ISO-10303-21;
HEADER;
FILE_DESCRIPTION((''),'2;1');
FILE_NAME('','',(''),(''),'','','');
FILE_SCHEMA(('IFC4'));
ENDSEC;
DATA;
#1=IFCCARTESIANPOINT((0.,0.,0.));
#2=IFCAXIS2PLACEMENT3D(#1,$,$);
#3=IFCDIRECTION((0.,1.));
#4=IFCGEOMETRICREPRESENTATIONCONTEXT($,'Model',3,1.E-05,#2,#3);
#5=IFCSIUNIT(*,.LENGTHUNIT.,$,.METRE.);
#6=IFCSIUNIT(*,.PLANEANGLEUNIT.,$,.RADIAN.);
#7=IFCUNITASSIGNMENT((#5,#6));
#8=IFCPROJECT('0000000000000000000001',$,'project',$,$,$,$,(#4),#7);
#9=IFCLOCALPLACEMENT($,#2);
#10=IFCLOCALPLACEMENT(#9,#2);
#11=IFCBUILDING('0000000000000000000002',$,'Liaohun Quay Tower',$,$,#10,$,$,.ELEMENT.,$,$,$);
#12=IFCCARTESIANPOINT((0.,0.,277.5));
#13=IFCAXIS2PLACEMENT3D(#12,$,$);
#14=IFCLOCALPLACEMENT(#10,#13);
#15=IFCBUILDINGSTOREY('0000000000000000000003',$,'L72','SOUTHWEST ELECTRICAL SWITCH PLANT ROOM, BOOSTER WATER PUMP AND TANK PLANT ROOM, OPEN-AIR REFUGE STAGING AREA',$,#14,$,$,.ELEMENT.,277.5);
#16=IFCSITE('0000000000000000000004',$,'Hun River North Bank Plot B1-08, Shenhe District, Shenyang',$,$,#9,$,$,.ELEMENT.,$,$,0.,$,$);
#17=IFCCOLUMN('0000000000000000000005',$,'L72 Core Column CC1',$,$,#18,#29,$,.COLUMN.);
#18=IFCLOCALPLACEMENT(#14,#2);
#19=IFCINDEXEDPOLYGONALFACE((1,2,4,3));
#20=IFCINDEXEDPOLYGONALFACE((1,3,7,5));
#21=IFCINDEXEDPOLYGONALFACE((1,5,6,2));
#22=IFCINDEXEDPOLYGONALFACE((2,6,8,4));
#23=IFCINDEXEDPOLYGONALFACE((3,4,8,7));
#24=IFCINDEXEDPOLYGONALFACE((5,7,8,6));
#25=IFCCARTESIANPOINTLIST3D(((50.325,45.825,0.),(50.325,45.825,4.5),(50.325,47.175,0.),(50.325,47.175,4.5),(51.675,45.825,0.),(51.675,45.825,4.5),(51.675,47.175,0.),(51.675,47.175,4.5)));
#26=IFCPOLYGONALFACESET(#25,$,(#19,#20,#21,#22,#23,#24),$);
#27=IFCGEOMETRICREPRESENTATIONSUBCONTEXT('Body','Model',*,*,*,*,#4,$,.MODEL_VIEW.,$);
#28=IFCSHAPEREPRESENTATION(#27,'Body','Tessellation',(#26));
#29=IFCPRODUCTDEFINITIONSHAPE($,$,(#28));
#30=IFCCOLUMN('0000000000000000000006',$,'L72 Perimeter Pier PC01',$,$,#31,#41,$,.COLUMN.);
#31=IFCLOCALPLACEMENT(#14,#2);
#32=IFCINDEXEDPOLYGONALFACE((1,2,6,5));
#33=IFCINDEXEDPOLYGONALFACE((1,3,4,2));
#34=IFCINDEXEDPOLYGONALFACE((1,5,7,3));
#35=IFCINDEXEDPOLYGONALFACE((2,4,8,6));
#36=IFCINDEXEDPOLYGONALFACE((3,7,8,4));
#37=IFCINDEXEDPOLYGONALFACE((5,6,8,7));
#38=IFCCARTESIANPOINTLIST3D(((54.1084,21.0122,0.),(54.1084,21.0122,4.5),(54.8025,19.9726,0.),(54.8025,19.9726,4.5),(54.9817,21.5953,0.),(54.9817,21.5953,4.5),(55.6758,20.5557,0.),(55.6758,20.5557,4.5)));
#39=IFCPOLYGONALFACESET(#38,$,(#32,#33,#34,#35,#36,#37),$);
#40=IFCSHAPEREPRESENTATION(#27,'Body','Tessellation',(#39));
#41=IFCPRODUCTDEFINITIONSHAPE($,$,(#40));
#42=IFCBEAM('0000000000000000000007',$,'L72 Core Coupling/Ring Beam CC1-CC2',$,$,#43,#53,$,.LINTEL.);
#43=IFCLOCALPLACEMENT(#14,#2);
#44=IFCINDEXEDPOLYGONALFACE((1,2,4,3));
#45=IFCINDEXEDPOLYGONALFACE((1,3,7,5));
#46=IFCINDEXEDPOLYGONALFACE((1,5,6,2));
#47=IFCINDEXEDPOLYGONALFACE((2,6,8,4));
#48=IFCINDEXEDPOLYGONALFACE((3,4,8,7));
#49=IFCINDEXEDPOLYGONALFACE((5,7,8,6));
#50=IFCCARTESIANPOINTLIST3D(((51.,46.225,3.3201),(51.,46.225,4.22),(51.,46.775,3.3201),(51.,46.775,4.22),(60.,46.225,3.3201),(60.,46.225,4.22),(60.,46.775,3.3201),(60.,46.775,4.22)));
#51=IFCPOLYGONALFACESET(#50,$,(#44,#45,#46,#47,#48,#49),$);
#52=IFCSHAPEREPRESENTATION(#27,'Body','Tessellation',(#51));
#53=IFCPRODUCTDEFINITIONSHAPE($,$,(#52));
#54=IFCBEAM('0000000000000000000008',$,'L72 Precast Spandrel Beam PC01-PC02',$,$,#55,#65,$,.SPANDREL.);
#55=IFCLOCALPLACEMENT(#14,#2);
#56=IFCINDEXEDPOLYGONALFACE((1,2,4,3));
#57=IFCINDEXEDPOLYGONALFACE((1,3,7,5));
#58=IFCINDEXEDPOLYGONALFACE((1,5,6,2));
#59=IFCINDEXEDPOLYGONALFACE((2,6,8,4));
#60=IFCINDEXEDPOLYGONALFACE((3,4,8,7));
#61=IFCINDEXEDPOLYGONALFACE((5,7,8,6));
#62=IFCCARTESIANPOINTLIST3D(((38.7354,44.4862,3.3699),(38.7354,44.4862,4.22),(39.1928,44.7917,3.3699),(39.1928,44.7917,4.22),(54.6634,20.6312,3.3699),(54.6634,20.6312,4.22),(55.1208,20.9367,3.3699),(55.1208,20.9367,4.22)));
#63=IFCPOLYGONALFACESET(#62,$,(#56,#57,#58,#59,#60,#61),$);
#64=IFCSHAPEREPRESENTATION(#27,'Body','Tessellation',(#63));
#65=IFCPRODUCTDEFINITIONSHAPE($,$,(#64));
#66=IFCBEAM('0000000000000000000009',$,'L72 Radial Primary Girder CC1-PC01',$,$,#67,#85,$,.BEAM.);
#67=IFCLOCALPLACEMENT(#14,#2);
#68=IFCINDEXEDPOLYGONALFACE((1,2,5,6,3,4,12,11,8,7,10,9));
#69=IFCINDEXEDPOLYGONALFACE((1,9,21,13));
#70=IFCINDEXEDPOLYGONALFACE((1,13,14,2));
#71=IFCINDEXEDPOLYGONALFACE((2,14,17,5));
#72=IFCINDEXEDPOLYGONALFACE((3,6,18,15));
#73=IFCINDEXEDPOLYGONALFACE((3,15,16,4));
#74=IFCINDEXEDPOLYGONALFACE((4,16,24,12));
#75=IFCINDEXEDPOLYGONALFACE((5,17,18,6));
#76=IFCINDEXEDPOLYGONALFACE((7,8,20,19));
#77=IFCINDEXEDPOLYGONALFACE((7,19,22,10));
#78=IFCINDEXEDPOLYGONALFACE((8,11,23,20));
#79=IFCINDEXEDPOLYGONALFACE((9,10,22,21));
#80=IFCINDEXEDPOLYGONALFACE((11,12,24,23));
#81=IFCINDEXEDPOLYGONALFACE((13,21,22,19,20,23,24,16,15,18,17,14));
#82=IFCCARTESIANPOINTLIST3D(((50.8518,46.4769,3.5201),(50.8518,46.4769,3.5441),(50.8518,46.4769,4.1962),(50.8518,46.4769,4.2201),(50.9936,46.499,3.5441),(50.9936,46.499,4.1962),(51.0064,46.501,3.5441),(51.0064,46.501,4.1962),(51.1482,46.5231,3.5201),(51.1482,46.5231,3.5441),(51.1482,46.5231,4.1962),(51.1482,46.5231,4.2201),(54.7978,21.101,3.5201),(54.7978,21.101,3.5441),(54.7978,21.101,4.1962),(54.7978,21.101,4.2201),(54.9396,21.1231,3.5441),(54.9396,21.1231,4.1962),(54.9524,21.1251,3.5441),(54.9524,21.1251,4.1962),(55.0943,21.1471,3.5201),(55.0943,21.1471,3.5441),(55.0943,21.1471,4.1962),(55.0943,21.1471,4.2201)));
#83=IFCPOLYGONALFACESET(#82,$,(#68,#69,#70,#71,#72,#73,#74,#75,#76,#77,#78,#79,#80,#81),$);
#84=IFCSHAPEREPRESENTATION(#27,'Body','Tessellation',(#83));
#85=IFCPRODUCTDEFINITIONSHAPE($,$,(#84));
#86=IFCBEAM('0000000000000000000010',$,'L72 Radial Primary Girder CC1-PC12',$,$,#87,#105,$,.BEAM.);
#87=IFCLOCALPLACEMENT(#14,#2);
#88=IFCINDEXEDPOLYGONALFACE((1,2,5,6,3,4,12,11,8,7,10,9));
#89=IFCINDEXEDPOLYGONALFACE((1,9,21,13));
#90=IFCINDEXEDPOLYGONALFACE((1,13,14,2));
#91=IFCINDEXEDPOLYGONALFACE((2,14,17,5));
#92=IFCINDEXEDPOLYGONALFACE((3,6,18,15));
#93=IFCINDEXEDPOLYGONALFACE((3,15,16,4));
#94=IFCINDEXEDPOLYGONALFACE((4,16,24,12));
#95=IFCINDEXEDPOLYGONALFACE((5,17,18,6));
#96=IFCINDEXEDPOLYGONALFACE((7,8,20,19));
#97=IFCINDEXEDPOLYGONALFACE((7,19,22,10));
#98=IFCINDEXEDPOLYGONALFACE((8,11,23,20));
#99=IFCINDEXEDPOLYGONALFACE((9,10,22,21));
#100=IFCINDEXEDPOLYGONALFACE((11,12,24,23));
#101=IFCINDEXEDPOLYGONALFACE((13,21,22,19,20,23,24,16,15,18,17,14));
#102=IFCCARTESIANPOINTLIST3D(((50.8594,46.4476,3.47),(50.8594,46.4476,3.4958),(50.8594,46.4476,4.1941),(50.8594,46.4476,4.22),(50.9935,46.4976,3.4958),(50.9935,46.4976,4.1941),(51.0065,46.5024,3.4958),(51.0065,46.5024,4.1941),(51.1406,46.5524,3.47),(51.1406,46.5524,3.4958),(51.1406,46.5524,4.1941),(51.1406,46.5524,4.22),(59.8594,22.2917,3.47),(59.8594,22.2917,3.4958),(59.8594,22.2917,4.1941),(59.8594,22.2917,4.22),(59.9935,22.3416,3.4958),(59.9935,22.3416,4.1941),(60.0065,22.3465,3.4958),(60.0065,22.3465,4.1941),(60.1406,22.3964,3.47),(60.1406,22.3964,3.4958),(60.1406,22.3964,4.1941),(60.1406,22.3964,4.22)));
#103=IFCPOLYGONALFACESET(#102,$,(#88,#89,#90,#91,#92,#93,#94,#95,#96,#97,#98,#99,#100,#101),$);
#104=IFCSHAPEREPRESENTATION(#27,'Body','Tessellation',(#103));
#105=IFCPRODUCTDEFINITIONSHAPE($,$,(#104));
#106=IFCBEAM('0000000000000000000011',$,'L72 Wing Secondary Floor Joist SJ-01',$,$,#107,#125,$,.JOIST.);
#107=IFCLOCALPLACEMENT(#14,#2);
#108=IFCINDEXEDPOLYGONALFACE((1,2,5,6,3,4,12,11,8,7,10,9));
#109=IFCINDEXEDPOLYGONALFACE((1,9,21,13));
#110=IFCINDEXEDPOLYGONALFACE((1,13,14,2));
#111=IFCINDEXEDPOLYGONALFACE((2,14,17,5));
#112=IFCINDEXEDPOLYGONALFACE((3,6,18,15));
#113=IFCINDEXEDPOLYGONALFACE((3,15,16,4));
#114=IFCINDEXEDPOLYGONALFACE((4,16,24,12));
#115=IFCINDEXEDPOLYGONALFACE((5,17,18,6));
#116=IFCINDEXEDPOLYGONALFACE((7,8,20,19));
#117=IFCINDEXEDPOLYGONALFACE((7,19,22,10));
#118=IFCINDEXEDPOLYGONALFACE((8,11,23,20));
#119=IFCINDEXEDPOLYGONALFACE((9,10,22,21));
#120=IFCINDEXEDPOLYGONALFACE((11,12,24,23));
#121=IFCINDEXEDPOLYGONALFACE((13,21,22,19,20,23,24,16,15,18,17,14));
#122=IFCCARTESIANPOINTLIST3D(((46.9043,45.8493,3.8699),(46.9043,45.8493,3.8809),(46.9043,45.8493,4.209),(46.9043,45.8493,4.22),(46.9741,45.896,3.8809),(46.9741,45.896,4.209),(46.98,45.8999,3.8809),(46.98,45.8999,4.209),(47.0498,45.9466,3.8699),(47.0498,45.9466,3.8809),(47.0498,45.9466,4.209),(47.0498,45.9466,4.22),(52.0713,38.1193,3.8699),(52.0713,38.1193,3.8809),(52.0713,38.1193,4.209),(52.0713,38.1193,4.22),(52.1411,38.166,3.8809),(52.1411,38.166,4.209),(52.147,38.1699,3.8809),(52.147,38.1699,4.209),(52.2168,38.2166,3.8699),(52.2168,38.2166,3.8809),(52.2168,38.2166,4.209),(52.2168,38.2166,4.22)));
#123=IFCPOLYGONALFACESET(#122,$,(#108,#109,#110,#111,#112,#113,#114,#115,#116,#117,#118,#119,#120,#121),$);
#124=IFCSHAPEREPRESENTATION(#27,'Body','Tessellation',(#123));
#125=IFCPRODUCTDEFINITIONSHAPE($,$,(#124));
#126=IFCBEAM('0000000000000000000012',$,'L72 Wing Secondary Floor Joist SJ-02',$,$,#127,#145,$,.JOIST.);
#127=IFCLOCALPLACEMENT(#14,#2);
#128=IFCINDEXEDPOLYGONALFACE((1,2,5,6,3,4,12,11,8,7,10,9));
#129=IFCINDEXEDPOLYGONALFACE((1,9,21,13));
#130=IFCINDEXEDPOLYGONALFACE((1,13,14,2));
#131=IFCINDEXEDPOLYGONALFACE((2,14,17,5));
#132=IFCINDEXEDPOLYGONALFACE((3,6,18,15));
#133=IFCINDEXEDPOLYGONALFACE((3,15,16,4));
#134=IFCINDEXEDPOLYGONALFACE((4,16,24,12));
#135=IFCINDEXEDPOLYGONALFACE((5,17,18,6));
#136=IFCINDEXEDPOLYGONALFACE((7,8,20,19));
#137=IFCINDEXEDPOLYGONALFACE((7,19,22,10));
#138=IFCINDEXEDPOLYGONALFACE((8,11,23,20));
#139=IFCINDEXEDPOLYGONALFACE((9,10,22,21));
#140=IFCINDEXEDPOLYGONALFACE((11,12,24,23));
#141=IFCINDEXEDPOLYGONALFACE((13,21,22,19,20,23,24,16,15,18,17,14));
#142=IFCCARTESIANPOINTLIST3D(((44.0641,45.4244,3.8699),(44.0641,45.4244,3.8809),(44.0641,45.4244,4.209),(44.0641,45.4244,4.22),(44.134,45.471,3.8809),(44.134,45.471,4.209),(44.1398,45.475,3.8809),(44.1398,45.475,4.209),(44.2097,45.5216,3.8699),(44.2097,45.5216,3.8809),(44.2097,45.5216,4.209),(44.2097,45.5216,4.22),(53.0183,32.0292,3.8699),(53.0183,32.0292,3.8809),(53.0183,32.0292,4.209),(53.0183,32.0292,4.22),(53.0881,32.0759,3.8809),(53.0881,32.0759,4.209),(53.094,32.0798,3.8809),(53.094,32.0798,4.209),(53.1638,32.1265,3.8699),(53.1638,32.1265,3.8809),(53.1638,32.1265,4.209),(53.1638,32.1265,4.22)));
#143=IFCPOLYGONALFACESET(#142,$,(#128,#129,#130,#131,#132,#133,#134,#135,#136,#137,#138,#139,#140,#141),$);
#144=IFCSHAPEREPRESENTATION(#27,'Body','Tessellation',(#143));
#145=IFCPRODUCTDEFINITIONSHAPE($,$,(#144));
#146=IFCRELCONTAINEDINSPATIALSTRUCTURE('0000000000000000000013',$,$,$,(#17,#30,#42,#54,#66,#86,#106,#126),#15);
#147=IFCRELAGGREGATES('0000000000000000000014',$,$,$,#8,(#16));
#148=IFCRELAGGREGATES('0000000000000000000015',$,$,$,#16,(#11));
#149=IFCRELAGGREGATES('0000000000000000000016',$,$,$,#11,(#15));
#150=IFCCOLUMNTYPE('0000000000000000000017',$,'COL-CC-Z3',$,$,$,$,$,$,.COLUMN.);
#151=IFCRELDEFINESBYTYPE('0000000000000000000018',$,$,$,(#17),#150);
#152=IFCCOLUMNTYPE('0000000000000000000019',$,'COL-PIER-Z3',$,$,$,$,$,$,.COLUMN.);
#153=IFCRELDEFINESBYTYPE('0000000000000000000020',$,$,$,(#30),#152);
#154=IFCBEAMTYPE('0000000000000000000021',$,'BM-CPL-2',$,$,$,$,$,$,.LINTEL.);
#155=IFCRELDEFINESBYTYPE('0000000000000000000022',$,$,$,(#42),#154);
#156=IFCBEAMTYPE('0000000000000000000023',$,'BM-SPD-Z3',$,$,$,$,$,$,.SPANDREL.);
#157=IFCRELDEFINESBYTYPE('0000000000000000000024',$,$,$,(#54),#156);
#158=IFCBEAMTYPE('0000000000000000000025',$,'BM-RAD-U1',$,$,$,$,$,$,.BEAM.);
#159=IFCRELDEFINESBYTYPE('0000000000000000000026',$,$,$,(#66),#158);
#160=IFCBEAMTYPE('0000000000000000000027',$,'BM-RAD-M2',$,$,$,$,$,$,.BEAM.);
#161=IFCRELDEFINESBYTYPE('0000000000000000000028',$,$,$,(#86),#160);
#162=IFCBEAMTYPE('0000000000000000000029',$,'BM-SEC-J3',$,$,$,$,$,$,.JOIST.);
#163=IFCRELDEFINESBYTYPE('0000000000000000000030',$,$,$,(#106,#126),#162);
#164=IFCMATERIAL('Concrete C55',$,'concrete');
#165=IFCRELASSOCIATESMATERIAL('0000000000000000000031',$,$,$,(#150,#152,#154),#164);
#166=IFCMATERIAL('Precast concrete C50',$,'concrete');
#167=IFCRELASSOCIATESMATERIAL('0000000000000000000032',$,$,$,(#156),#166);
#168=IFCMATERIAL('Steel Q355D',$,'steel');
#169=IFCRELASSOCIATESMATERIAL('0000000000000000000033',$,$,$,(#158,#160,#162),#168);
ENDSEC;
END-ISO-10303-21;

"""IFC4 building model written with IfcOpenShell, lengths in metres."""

from ifc_helpers import new_model, si_unit, direction, frame, origin, origin_2d, place, context, subcontext, project, spatial, rectangle, i_section, extrude, source, transform, mapped, material, material_profile, profile_set, type_object, element, save


model = new_model("IFC4")

# Units and contexts
model_context = context("Model", 3, precision=1e-05, world=origin(), true_north=direction((0.0, 1.0)))
body_context = subcontext(model_context, "Body", "Model", "MODEL_VIEW")
ifc_project = project(units=[si_unit("LENGTHUNIT", "METRE"), si_unit("PLANEANGLEUNIT", "RADIAN")], contexts=[model_context])

# Site, building, storey
site_placement = place(None, origin())
site = spatial("IfcSite", under=ifc_project, at=site_placement, Name="Hun River North Bank Plot B1-08, Shenhe District, Shenyang", CompositionType="ELEMENT", RefElevation=0.0)
building_placement = place(site_placement, origin())
building = spatial("IfcBuilding", under=site, at=building_placement, Name="Liaohun Quay Tower", CompositionType="ELEMENT")
storey_placement = place(building_placement, frame((0.0, 0.0, 277.5)))
storey = spatial("IfcBuildingStorey", under=building, at=storey_placement, Name="L72", Description="SOUTHWEST ELECTRICAL SWITCH PLANT ROOM, BOOSTER WATER PUMP AND TANK PLANT ROOM, OPEN-AIR REFUGE STAGING AREA", CompositionType="ELEMENT", Elevation=277.5)

# Columns
ifc_material_1 = material(Name="Concrete C55", Category="concrete")
ifc_material_profile_1 = material_profile(ifc_material_1, rectangle(XDim=1.3501, YDim=1.3501, at=origin_2d()), Name="RC1350x1350")
ifc_profile_set_1 = profile_set([ifc_material_profile_1], Name="Concrete C55")
column_type_1 = type_object("IfcColumnType", Name="COL-CC-Z3", PredefinedType="COLUMN", material=ifc_profile_set_1)
shared_shape_1 = source(origin(), body_context, "Body", "SweptSolid", [
    extrude(rectangle(XDim=1.3501, YDim=1.3501, at=origin_2d()), origin(), (0.0, 0.0, 1.0), 4.5),
])
column_1_placement = place(storey_placement, frame((51.0, 46.5, 0.0), z_axis=(0.0, 0.0, 1.0), x_axis=(1.0, 0.0, 0.0)))
element("IfcColumn", 1, at=column_1_placement, inside=storey, type_object=column_type_1, Name="L72 Core Column CC1", PredefinedType="COLUMN", context=body_context, shape_type="MappedRepresentation", body=[
    mapped(shared_shape_1, transform((0.0, 0.0, 0.0), x_axis=(1.0, 0.0, 0.0), y_axis=(0.0, 1.0, 0.0), z_axis=(0.0, 0.0, 1.0), scale=1.0)),
])
ifc_material_profile_2 = material_profile(ifc_material_1, rectangle(XDim=1.25, YDim=1.05, at=origin_2d()), Name="RC1250x1050")
ifc_profile_set_2 = profile_set([ifc_material_profile_2], Name="Concrete C55")
column_type_2 = type_object("IfcColumnType", Name="COL-PIER-Z3", PredefinedType="COLUMN", material=ifc_profile_set_2)
shared_shape_2 = source(origin(), body_context, "Body", "SweptSolid", [
    extrude(rectangle(XDim=1.25, YDim=1.05, at=origin_2d()), origin(), (0.0, 0.0, 1.0), 4.5),
])
column_2_placement = place(storey_placement, frame((54.8921, 20.7839, 0.0), z_axis=(0.0, 0.0, 1.0), x_axis=(-0.55528, 0.831663, 0.0)))
element("IfcColumn", 2, at=column_2_placement, inside=storey, type_object=column_type_2, Name="L72 Perimeter Pier PC01", PredefinedType="COLUMN", context=body_context, shape_type="MappedRepresentation", body=[
    mapped(shared_shape_2, transform((0.0, 0.0, 0.0), x_axis=(1.0, 0.0, 0.0), y_axis=(0.0, 1.0, 0.0), z_axis=(0.0, 0.0, 1.0), scale=1.0)),
])

# Beams
ifc_material_profile_3 = material_profile(ifc_material_1, rectangle(XDim=0.55, YDim=0.8999, at=origin_2d()), Name="RC550x900")
ifc_profile_set_3 = profile_set([ifc_material_profile_3], Name="Concrete C55")
beam_type_1 = type_object("IfcBeamType", Name="BM-CPL-2", PredefinedType="LINTEL", material=ifc_profile_set_3)
shared_shape_3 = source(origin(), body_context, "Body", "SweptSolid", [
    extrude(rectangle(XDim=0.55, YDim=0.8999, at=origin_2d()), origin(), (0.0, 0.0, 1.0), 9.0),
])
beam_1_placement = place(storey_placement, frame((51.0, 46.5, 3.77), z_axis=(1.0, 0.0, 0.0), x_axis=(0.0, 1.0, 0.0)))
element("IfcBeam", 3, at=beam_1_placement, inside=storey, type_object=beam_type_1, Name="L72 Core Coupling/Ring Beam CC1-CC2", PredefinedType="LINTEL", context=body_context, shape_type="MappedRepresentation", body=[
    mapped(shared_shape_3, transform((0.0, 0.0, 0.0), x_axis=(1.0, 0.0, 0.0), y_axis=(0.0, 1.0, 0.0), z_axis=(0.0, 0.0, 1.0), scale=1.0)),
])
ifc_material_2 = material(Name="Precast concrete C50", Category="concrete")
ifc_material_profile_4 = material_profile(ifc_material_2, rectangle(XDim=0.55, YDim=0.8501, at=origin_2d()), Name="RC550x850")
ifc_profile_set_4 = profile_set([ifc_material_profile_4], Name="Precast concrete C50")
beam_type_2 = type_object("IfcBeamType", Name="BM-SPD-Z3", PredefinedType="SPANDREL", material=ifc_profile_set_4)
shared_shape_4 = source(origin(), body_context, "Body", "SweptSolid", [
    extrude(rectangle(XDim=0.55, YDim=0.8501, at=origin_2d()), origin(), (0.0, 0.0, 1.0), 28.6838),
])
beam_2_placement = place(storey_placement, frame((54.8921, 20.7839, 3.7949), z_axis=(-0.555295, 0.831653, 0.0), x_axis=(-0.831653, -0.555295, 0.0)))
element("IfcBeam", 4, at=beam_2_placement, inside=storey, type_object=beam_type_2, Name="L72 Precast Spandrel Beam PC01-PC02", PredefinedType="SPANDREL", context=body_context, shape_type="MappedRepresentation", body=[
    mapped(shared_shape_4, transform((0.0, 0.0, 0.0), x_axis=(1.0, 0.0, 0.0), y_axis=(0.0, 1.0, 0.0), z_axis=(0.0, 0.0, 1.0), scale=1.0)),
])
ifc_material_3 = material(Name="Steel Q355D", Category="steel")
ifc_material_profile_5 = material_profile(ifc_material_3, i_section(OverallWidth=0.3, OverallDepth=0.7, WebThickness=0.0129, FlangeThickness=0.0239, at=origin_2d()), Name="HN700x300x13x24")
ifc_profile_set_5 = profile_set([ifc_material_profile_5], Name="Steel Q355D")
beam_type_3 = type_object("IfcBeamType", Name="BM-RAD-U1", PredefinedType="BEAM", material=ifc_profile_set_5)
shared_shape_5 = source(origin(), body_context, "Body", "SweptSolid", [
    extrude(i_section(OverallWidth=0.3, OverallDepth=0.7, WebThickness=0.0129, FlangeThickness=0.0239, at=origin_2d()), origin(), (0.0, 0.0, 1.0), 25.6809),
])
beam_3_placement = place(storey_placement, frame((51.0, 46.5, 3.8701), z_axis=(0.153656, -0.988124, 0.0), x_axis=(0.988124, 0.153656, 0.0)))
element("IfcBeam", 5, at=beam_3_placement, inside=storey, type_object=beam_type_3, Name="L72 Radial Primary Girder CC1-PC01", PredefinedType="BEAM", context=body_context, shape_type="MappedRepresentation", body=[
    mapped(shared_shape_5, transform((0.0, 0.0, 0.0), x_axis=(1.0, 0.0, 0.0), y_axis=(0.0, 1.0, 0.0), z_axis=(0.0, 0.0, 1.0), scale=1.0)),
])
ifc_material_profile_6 = material_profile(ifc_material_3, i_section(OverallWidth=0.3, OverallDepth=0.75, WebThickness=0.0139, FlangeThickness=0.0259, at=origin_2d()), Name="HN750x300x14x26")
ifc_profile_set_6 = profile_set([ifc_material_profile_6], Name="Steel Q355D")
beam_type_4 = type_object("IfcBeamType", Name="BM-RAD-M2", PredefinedType="BEAM", material=ifc_profile_set_6)
shared_shape_6 = source(origin(), body_context, "Body", "SweptSolid", [
    extrude(i_section(OverallWidth=0.3, OverallDepth=0.75, WebThickness=0.0139, FlangeThickness=0.0259, at=origin_2d()), origin(), (0.0, 0.0, 1.0), 25.7781),
])
beam_4_placement = place(storey_placement, frame((51.0, 46.5, 3.845), z_axis=(0.349133, -0.937073, 0.0), x_axis=(0.937073, 0.349133, 0.0)))
element("IfcBeam", 6, at=beam_4_placement, inside=storey, type_object=beam_type_4, Name="L72 Radial Primary Girder CC1-PC12", PredefinedType="BEAM", context=body_context, shape_type="MappedRepresentation", body=[
    mapped(shared_shape_6, transform((0.0, 0.0, 0.0), x_axis=(1.0, 0.0, 0.0), y_axis=(0.0, 1.0, 0.0), z_axis=(0.0, 0.0, 1.0), scale=1.0)),
])
ifc_material_profile_7 = material_profile(ifc_material_3, i_section(OverallWidth=0.175, OverallDepth=0.3501, WebThickness=0.0071, FlangeThickness=0.011, at=origin_2d()), Name="HN350x175x7x11")
ifc_profile_set_7 = profile_set([ifc_material_profile_7], Name="Steel Q355D")
beam_type_5 = type_object("IfcBeamType", Name="BM-SEC-J3", PredefinedType="JOIST", material=ifc_profile_set_7)
shared_shape_7 = source(origin(), body_context, "Body", "SweptSolid", [
    extrude(i_section(OverallWidth=0.175, OverallDepth=0.3501, WebThickness=0.0071, FlangeThickness=0.011, at=origin_2d()), origin(), (0.0, 0.0, 1.0), 9.2979),
])
beam_5_placement = place(storey_placement, frame((52.144, 38.168, 4.0449), z_axis=(-0.555718, 0.831371, 0.0), x_axis=(-0.831371, -0.555718, 0.0)))
element("IfcBeam", 7, at=beam_5_placement, inside=storey, type_object=beam_type_5, Name="L72 Wing Secondary Floor Joist SJ-01", PredefinedType="JOIST", context=body_context, shape_type="MappedRepresentation", body=[
    mapped(shared_shape_7, transform((0.0, 0.0, 0.0), x_axis=(1.0, 0.0, 0.0), y_axis=(0.0, 1.0, 0.0), z_axis=(0.0, 0.0, 1.0), scale=1.0)),
])
shared_shape_8 = source(origin(), body_context, "Body", "SweptSolid", [
    extrude(i_section(OverallWidth=0.175, OverallDepth=0.3501, WebThickness=0.0071, FlangeThickness=0.011, at=origin_2d()), origin(), (0.0, 0.0, 1.0), 16.1123),
])
beam_6_placement = place(storey_placement, frame((53.0911, 32.0779, 4.0449), z_axis=(-0.555735, 0.83136, 0.0), x_axis=(-0.83136, -0.555735, 0.0)))
element("IfcBeam", 8, at=beam_6_placement, inside=storey, type_object=beam_type_5, Name="L72 Wing Secondary Floor Joist SJ-02", PredefinedType="JOIST", context=body_context, shape_type="MappedRepresentation", body=[
    mapped(shared_shape_8, transform((0.0, 0.0, 0.0), x_axis=(1.0, 0.0, 0.0), y_axis=(0.0, 1.0, 0.0), z_axis=(0.0, 0.0, 1.0), scale=1.0)),
])

save(model, "model.ifc")
